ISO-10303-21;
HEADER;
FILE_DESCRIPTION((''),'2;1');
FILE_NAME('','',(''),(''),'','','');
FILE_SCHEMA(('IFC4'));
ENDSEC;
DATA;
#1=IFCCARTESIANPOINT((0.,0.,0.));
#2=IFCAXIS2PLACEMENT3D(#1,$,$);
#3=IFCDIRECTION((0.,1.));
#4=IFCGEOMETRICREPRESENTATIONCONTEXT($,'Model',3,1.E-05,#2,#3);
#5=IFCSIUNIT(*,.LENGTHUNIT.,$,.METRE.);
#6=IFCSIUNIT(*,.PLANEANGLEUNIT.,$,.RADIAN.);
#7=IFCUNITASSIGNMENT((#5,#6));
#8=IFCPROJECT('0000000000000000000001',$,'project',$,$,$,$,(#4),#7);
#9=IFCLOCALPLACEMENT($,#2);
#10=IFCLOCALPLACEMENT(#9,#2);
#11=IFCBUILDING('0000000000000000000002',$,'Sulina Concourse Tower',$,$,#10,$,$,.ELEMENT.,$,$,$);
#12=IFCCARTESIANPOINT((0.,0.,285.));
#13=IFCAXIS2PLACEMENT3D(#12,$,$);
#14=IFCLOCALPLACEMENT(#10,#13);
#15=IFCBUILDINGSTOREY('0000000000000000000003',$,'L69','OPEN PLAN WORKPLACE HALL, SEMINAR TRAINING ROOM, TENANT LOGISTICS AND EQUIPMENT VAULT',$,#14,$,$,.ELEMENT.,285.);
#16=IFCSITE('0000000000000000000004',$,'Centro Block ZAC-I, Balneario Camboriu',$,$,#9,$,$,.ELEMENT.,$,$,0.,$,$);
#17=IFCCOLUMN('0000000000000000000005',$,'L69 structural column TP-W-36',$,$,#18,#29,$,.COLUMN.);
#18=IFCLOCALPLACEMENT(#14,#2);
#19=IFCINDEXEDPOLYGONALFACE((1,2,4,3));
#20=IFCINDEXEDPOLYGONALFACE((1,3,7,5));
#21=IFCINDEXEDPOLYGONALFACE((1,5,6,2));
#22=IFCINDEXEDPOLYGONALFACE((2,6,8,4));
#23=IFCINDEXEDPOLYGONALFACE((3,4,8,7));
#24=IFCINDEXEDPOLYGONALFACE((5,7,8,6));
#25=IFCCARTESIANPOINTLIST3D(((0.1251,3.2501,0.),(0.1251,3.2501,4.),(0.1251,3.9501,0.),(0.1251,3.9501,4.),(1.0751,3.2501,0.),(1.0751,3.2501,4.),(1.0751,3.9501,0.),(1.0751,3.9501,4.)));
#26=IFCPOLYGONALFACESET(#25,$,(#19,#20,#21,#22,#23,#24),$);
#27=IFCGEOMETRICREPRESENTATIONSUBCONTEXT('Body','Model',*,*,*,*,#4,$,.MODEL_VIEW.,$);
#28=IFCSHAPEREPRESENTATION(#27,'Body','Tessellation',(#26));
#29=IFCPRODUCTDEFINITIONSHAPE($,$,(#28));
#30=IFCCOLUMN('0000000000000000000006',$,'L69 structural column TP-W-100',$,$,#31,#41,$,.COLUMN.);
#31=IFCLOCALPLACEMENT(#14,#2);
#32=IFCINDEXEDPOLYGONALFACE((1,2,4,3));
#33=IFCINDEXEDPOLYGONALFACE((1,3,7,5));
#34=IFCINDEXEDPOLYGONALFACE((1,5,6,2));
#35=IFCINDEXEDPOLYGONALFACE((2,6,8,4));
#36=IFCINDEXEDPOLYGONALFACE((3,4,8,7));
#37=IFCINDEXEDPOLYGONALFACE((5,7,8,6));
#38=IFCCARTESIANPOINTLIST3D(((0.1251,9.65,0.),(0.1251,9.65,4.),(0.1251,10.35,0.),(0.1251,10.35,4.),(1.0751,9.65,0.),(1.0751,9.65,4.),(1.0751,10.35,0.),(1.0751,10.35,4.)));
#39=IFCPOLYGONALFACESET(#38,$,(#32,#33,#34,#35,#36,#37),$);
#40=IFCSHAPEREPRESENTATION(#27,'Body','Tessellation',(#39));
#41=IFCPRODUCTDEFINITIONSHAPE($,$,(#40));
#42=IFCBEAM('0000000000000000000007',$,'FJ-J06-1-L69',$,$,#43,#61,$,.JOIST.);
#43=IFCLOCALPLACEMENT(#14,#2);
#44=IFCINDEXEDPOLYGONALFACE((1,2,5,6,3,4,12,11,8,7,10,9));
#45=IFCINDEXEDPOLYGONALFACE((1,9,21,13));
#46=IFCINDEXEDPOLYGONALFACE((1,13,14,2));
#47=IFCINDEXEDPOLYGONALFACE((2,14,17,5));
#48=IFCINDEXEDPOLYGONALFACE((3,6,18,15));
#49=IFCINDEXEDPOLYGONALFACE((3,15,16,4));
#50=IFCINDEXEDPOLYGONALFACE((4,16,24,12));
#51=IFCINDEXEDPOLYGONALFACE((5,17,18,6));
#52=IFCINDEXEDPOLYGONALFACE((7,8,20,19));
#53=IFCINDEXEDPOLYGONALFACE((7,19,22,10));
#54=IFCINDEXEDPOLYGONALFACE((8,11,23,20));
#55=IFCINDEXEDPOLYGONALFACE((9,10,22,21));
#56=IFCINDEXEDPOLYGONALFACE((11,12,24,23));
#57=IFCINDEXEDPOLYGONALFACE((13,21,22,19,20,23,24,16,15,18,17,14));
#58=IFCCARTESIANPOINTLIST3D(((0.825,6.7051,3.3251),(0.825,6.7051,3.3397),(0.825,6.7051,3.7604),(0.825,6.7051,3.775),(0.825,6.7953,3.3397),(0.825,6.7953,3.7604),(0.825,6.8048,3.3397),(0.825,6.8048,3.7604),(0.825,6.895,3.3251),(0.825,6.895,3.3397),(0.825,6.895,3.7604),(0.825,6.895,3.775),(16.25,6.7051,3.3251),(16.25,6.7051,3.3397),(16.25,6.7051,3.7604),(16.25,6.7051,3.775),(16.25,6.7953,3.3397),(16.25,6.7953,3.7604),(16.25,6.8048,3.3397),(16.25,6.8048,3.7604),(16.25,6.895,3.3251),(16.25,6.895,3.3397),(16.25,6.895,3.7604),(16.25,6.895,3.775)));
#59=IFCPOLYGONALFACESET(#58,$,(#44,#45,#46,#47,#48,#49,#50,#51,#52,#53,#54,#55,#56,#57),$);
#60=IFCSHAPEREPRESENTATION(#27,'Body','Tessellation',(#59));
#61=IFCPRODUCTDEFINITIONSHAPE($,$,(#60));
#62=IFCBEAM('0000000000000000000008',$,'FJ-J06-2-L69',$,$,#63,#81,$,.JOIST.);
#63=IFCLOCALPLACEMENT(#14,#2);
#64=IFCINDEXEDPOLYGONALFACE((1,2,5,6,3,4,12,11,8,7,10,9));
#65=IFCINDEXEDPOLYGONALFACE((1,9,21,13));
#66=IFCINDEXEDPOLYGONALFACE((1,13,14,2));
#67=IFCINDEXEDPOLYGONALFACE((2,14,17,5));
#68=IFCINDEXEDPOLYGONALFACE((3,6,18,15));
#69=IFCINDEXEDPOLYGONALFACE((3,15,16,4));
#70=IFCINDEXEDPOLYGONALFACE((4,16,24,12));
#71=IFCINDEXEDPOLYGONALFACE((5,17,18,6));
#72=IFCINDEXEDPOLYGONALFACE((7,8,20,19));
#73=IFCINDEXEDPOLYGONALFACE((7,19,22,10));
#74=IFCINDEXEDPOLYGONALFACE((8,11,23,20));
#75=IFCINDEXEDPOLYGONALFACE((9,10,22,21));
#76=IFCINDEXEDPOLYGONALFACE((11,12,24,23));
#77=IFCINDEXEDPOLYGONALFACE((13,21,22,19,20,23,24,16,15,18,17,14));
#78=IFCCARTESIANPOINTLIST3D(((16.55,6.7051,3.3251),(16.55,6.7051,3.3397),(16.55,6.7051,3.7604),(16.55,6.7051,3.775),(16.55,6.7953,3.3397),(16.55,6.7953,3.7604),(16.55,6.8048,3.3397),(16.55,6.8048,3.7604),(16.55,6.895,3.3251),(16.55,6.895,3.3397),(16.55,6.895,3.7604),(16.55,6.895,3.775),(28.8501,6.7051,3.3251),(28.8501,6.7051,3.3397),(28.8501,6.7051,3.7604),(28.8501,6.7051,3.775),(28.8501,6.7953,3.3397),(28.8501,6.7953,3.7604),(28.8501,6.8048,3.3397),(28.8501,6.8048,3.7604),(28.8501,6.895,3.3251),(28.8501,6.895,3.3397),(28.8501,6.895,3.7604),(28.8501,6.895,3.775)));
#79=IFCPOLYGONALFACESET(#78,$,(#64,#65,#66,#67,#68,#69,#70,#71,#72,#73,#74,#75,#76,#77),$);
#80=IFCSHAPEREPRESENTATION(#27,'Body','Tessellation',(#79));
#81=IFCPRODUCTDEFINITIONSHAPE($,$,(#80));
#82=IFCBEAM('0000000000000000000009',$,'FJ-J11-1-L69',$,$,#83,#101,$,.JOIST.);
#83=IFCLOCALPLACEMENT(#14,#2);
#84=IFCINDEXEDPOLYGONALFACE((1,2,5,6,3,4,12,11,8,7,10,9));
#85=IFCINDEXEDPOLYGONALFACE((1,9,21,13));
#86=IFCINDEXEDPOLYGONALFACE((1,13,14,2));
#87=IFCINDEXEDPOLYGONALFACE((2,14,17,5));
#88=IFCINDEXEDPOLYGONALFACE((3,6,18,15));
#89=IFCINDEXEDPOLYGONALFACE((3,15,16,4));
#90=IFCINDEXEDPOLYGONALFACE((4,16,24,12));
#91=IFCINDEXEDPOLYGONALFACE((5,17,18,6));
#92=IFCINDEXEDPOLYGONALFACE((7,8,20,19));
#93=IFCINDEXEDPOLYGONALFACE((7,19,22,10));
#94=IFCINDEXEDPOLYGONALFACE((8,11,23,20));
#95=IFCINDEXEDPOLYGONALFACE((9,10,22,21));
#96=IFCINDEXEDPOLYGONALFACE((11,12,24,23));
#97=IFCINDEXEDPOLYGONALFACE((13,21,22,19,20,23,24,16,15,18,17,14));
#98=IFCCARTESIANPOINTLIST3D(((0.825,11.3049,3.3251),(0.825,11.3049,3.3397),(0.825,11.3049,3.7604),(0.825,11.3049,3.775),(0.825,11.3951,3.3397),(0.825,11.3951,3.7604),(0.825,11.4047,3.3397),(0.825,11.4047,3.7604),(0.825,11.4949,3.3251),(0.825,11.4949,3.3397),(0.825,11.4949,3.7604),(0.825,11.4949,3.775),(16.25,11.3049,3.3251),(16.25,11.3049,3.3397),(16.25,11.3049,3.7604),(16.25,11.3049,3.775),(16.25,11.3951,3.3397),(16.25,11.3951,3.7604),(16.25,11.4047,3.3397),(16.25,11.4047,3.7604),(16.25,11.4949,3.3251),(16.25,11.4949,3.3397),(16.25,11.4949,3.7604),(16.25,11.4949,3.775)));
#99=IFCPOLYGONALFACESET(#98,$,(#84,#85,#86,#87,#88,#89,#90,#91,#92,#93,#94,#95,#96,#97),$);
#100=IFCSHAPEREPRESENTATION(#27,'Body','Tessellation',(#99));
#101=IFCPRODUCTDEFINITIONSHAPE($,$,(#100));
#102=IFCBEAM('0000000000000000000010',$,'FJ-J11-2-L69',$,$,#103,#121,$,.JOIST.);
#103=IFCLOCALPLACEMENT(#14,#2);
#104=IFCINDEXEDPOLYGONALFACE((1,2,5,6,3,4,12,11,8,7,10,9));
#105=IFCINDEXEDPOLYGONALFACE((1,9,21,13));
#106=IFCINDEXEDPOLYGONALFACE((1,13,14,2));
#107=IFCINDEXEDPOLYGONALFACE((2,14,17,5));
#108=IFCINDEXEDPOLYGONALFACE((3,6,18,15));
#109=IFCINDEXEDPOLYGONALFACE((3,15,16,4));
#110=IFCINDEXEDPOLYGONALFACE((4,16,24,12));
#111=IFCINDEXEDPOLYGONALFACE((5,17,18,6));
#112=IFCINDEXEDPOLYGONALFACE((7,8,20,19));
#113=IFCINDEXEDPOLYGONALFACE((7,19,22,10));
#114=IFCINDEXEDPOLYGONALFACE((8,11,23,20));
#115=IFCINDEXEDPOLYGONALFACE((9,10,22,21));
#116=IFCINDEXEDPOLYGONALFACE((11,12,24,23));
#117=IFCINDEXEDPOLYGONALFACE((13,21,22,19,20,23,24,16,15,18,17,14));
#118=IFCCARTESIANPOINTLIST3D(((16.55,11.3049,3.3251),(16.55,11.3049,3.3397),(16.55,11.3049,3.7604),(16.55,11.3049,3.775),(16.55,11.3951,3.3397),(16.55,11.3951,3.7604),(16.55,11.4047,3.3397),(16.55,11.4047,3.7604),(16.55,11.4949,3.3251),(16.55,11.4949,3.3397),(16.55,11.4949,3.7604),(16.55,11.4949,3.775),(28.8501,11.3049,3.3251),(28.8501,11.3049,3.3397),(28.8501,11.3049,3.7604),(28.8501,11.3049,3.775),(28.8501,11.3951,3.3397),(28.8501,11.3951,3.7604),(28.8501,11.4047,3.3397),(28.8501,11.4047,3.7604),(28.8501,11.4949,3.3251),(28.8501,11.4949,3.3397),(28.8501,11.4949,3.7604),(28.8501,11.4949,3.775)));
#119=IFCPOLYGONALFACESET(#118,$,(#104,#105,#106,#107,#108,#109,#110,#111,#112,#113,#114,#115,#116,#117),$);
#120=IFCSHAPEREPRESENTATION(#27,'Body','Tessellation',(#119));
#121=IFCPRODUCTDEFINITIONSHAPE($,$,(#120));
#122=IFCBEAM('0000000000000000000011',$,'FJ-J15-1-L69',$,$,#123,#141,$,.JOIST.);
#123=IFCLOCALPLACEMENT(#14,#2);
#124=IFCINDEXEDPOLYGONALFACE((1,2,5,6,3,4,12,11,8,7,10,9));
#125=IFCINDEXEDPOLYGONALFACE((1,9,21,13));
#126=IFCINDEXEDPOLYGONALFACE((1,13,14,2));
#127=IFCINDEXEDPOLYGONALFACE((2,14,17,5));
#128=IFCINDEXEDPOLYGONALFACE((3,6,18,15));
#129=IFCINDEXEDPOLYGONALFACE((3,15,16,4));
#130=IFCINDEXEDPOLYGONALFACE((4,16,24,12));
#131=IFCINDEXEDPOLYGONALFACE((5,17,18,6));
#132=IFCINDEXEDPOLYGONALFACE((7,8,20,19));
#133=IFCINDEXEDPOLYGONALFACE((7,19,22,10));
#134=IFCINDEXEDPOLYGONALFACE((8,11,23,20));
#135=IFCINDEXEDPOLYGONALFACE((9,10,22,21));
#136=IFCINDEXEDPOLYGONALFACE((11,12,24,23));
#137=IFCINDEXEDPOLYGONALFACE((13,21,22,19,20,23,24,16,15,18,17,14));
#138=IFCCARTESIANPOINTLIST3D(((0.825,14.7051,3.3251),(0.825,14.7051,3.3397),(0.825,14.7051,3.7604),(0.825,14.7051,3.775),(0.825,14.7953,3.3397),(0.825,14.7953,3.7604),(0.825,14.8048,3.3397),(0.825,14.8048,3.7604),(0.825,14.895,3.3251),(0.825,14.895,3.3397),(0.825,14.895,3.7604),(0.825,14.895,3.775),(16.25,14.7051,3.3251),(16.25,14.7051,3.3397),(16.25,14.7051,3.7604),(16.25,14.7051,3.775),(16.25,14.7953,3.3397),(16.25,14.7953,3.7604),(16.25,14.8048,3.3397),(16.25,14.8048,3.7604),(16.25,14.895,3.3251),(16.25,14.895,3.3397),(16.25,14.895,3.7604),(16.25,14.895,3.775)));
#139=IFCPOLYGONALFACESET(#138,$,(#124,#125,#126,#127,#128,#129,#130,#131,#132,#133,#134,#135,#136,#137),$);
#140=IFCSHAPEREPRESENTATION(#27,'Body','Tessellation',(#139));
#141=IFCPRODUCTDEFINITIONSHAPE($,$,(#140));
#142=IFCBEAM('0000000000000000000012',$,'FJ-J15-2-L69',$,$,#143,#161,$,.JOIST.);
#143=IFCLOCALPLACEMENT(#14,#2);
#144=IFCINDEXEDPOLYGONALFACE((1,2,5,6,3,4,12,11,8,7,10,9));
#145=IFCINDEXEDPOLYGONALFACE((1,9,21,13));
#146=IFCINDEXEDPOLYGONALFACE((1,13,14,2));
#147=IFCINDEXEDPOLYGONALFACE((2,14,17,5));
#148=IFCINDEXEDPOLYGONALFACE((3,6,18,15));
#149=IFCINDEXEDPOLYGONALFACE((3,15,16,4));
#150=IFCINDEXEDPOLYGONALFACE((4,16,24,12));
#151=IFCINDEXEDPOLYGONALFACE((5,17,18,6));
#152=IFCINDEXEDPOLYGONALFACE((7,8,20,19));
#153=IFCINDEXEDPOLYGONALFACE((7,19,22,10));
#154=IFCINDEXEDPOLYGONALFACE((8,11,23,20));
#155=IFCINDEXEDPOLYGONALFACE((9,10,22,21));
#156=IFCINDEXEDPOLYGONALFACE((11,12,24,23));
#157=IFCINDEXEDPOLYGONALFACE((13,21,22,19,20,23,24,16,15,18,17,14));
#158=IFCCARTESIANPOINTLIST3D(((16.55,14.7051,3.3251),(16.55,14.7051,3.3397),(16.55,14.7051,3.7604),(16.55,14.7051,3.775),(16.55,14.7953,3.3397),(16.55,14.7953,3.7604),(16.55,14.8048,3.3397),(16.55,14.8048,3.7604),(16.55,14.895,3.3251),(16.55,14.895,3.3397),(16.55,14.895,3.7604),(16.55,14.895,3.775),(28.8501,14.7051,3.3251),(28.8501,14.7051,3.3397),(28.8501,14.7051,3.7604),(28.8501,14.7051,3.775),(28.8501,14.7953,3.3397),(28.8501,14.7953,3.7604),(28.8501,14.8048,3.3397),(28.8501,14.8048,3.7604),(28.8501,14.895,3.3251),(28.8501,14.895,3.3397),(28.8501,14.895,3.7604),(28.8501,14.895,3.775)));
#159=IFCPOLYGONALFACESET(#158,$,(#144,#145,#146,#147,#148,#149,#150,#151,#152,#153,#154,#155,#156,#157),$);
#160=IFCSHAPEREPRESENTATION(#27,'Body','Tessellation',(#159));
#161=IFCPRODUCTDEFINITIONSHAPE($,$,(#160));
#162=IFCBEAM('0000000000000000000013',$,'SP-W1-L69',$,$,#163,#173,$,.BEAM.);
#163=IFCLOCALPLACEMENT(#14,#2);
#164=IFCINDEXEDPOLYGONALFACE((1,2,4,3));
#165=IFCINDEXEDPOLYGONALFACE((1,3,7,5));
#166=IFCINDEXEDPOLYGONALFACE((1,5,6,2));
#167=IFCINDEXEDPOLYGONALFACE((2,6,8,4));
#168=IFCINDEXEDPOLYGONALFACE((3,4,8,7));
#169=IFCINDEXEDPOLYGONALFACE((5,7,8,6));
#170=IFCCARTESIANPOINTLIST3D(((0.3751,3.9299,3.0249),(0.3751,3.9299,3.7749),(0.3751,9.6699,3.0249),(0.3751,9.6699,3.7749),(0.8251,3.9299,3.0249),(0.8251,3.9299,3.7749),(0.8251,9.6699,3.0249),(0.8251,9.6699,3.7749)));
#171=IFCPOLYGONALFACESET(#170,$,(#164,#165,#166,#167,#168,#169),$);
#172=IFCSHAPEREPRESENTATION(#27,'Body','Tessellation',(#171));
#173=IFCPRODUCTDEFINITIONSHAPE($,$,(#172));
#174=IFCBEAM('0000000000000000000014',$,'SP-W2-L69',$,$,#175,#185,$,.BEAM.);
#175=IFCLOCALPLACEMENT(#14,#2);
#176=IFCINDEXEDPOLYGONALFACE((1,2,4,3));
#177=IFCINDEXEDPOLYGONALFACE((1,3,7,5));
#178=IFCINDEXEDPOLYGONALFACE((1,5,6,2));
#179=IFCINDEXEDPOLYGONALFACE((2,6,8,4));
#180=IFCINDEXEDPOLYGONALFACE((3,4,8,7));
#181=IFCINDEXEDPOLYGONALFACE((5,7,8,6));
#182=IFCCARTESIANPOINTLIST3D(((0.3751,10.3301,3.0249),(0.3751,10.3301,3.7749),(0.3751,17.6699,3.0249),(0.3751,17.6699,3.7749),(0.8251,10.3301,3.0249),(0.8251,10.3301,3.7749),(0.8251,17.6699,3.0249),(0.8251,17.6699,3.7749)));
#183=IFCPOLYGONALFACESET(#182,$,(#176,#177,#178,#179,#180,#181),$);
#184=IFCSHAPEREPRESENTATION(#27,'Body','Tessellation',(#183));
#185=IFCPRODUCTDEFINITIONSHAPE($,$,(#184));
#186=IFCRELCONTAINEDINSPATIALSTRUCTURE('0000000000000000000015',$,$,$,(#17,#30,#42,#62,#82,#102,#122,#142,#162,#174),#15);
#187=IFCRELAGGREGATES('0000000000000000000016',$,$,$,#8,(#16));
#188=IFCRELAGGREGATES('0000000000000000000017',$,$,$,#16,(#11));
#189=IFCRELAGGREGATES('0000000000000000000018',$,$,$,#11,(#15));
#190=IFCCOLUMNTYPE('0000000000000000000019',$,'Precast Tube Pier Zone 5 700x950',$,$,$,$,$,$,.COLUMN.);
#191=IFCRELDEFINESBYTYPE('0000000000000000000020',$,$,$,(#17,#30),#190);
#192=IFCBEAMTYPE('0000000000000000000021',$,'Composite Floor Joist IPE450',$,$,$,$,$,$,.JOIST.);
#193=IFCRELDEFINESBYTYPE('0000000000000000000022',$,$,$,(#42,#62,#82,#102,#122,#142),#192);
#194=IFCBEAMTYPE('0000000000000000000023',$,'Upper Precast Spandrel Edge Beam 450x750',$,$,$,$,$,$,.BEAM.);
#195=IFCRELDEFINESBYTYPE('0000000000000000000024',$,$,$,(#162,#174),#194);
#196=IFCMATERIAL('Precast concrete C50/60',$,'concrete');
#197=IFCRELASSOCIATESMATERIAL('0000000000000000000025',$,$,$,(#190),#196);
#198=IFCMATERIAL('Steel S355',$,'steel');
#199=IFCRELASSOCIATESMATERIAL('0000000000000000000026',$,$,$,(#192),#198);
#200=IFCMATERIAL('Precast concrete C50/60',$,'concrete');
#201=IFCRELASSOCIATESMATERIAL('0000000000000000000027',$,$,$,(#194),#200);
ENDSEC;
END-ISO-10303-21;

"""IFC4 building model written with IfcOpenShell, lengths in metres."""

from ifc_helpers import new_model, si_unit, direction, frame, origin, origin_2d, place, context, subcontext, project, spatial, rectangle, i_section, extrude, material, material_profile, profile_set, type_object, element, save


model = new_model("IFC4")

# Units and contexts
model_context = context("Model", 3, precision=1e-05, world=origin(), true_north=direction((0.0, 1.0)))
body_context = subcontext(model_context, "Body", "Model", "MODEL_VIEW")
ifc_project = project(units=[si_unit("LENGTHUNIT", "METRE"), si_unit("PLANEANGLEUNIT", "RADIAN")], contexts=[model_context])

# Site, building, storey
site_placement = place(None, origin())
site = spatial("IfcSite", under=ifc_project, at=site_placement, Name="Centro Block ZAC-I, Balneario Camboriu", CompositionType="ELEMENT", RefElevation=0.0)
building_placement = place(site_placement, origin())
building = spatial("IfcBuilding", under=site, at=building_placement, Name="Sulina Concourse Tower", CompositionType="ELEMENT")
storey_placement = place(building_placement, frame((0.0, 0.0, 285.0)))
storey = spatial("IfcBuildingStorey", under=building, at=storey_placement, Name="L69", Description="OPEN PLAN WORKPLACE HALL, SEMINAR TRAINING ROOM, TENANT LOGISTICS AND EQUIPMENT VAULT", CompositionType="ELEMENT", Elevation=285.0)

# Columns
ifc_material_1 = material(Name="Precast concrete C50/60", Category="concrete")
ifc_material_profile_1 = material_profile(ifc_material_1, rectangle(XDim=0.7, YDim=0.95, at=origin_2d()), Name="PC 700x950")
ifc_profile_set_1 = profile_set([ifc_material_profile_1], Name="Precast concrete C50/60")
column_type = type_object("IfcColumnType", Name="Precast Tube Pier Zone 5 700x950", PredefinedType="COLUMN", material=ifc_profile_set_1)
for number, where, z_axis, x_axis, name in (
    (1, (0.6001, 3.6001, 0.0), (0.0, 0.0, 1.0), (0.0, 1.0, 0.0), "L69 structural column TP-W-36"),
    (2, (0.6001, 10.0, 0.0), (0.0, 0.0, 1.0), (0.0, 1.0, 0.0), "L69 structural column TP-W-100"),
):
    element("IfcColumn", number, at=place(storey_placement, frame(where, z_axis=z_axis, x_axis=x_axis)), inside=storey, type_object=column_type, Name=name, PredefinedType="COLUMN", context=body_context, shape_type="SweptSolid", body=[
        extrude(rectangle(XDim=0.7, YDim=0.95, at=origin_2d()), origin(), (0.0, 0.0, 1.0), 4.0),
    ])

# Beams
ifc_material_2 = material(Name="Steel S355", Category="steel")
ifc_material_profile_2 = material_profile(ifc_material_2, i_section(OverallWidth=0.1899, OverallDepth=0.45, WebThickness=0.0095, FlangeThickness=0.0146, at=origin_2d()), Name="IPE 450")
ifc_profile_set_2 = profile_set([ifc_material_profile_2], Name="Steel S355")
beam_type_1 = type_object("IfcBeamType", Name="Composite Floor Joist IPE450", PredefinedType="JOIST", material=ifc_profile_set_2)
beam_1_placement = place(storey_placement, frame((0.825, 6.8, 3.55), z_axis=(1.0, 0.0, 0.0), x_axis=(0.0, 1.0, 0.0)))
element("IfcBeam", 3, at=beam_1_placement, inside=storey, type_object=beam_type_1, Name="FJ-J06-1-L69", PredefinedType="JOIST", context=body_context, shape_type="SweptSolid", body=[
    extrude(i_section(OverallWidth=0.1899, OverallDepth=0.45, WebThickness=0.0095, FlangeThickness=0.0146, at=origin_2d()), origin(), (0.0, 0.0, 1.0), 15.425),
])
beam_2_placement = place(storey_placement, frame((16.55, 6.8, 3.55), z_axis=(1.0, 0.0, 0.0), x_axis=(0.0, 1.0, 0.0)))
element("IfcBeam", 4, at=beam_2_placement, inside=storey, type_object=beam_type_1, Name="FJ-J06-2-L69", PredefinedType="JOIST", context=body_context, shape_type="SweptSolid", body=[
    extrude(i_section(OverallWidth=0.1899, OverallDepth=0.45, WebThickness=0.0095, FlangeThickness=0.0146, at=origin_2d()), origin(), (0.0, 0.0, 1.0), 12.3),
])
beam_3_placement = place(storey_placement, frame((0.825, 11.3999, 3.55), z_axis=(1.0, 0.0, 0.0), x_axis=(0.0, 1.0, 0.0)))
element("IfcBeam", 5, at=beam_3_placement, inside=storey, type_object=beam_type_1, Name="FJ-J11-1-L69", PredefinedType="JOIST", context=body_context, shape_type="SweptSolid", body=[
    extrude(i_section(OverallWidth=0.1899, OverallDepth=0.45, WebThickness=0.0095, FlangeThickness=0.0146, at=origin_2d()), origin(), (0.0, 0.0, 1.0), 15.425),
])
beam_4_placement = place(storey_placement, frame((16.55, 11.3999, 3.55), z_axis=(1.0, 0.0, 0.0), x_axis=(0.0, 1.0, 0.0)))
element("IfcBeam", 6, at=beam_4_placement, inside=storey, type_object=beam_type_1, Name="FJ-J11-2-L69", PredefinedType="JOIST", context=body_context, shape_type="SweptSolid", body=[
    extrude(i_section(OverallWidth=0.1899, OverallDepth=0.45, WebThickness=0.0095, FlangeThickness=0.0146, at=origin_2d()), origin(), (0.0, 0.0, 1.0), 12.3),
])
beam_5_placement = place(storey_placement, frame((0.825, 14.8, 3.55), z_axis=(1.0, 0.0, 0.0), x_axis=(0.0, 1.0, 0.0)))
element("IfcBeam", 7, at=beam_5_placement, inside=storey, type_object=beam_type_1, Name="FJ-J15-1-L69", PredefinedType="JOIST", context=body_context, shape_type="SweptSolid", body=[
    extrude(i_section(OverallWidth=0.1899, OverallDepth=0.45, WebThickness=0.0095, FlangeThickness=0.0146, at=origin_2d()), origin(), (0.0, 0.0, 1.0), 15.425),
])
beam_6_placement = place(storey_placement, frame((16.55, 14.8, 3.55), z_axis=(1.0, 0.0, 0.0), x_axis=(0.0, 1.0, 0.0)))
element("IfcBeam", 8, at=beam_6_placement, inside=storey, type_object=beam_type_1, Name="FJ-J15-2-L69", PredefinedType="JOIST", context=body_context, shape_type="SweptSolid", body=[
    extrude(i_section(OverallWidth=0.1899, OverallDepth=0.45, WebThickness=0.0095, FlangeThickness=0.0146, at=origin_2d()), origin(), (0.0, 0.0, 1.0), 12.3),
])
ifc_material_3 = material(Name="Precast concrete C50/60", Category="concrete")
ifc_material_profile_3 = material_profile(ifc_material_3, rectangle(XDim=0.45, YDim=0.75, at=origin_2d()), Name="RC 450x750")
ifc_profile_set_3 = profile_set([ifc_material_profile_3], Name="Precast concrete C50/60")
beam_type_2 = type_object("IfcBeamType", Name="Upper Precast Spandrel Edge Beam 450x750", PredefinedType="BEAM", material=ifc_profile_set_3)
beam_7_placement = place(storey_placement, frame((0.6001, 3.9299, 3.3999), z_axis=(0.0, 1.0, 0.0), x_axis=(-1.0, 0.0, 0.0)))
element("IfcBeam", 9, at=beam_7_placement, inside=storey, type_object=beam_type_2, Name="SP-W1-L69", PredefinedType="BEAM", context=body_context, shape_type="SweptSolid", body=[
    extrude(rectangle(XDim=0.45, YDim=0.75, at=origin_2d()), origin(), (0.0, 0.0, 1.0), 5.74),
])
beam_8_placement = place(storey_placement, frame((0.6001, 10.3301, 3.3999), z_axis=(0.0, 1.0, 0.0), x_axis=(-1.0, 0.0, 0.0)))
element("IfcBeam", 10, at=beam_8_placement, inside=storey, type_object=beam_type_2, Name="SP-W2-L69", PredefinedType="BEAM", context=body_context, shape_type="SweptSolid", body=[
    extrude(rectangle(XDim=0.45, YDim=0.75, at=origin_2d()), origin(), (0.0, 0.0, 1.0), 7.3398),
])

save(model, "model.ifc")
